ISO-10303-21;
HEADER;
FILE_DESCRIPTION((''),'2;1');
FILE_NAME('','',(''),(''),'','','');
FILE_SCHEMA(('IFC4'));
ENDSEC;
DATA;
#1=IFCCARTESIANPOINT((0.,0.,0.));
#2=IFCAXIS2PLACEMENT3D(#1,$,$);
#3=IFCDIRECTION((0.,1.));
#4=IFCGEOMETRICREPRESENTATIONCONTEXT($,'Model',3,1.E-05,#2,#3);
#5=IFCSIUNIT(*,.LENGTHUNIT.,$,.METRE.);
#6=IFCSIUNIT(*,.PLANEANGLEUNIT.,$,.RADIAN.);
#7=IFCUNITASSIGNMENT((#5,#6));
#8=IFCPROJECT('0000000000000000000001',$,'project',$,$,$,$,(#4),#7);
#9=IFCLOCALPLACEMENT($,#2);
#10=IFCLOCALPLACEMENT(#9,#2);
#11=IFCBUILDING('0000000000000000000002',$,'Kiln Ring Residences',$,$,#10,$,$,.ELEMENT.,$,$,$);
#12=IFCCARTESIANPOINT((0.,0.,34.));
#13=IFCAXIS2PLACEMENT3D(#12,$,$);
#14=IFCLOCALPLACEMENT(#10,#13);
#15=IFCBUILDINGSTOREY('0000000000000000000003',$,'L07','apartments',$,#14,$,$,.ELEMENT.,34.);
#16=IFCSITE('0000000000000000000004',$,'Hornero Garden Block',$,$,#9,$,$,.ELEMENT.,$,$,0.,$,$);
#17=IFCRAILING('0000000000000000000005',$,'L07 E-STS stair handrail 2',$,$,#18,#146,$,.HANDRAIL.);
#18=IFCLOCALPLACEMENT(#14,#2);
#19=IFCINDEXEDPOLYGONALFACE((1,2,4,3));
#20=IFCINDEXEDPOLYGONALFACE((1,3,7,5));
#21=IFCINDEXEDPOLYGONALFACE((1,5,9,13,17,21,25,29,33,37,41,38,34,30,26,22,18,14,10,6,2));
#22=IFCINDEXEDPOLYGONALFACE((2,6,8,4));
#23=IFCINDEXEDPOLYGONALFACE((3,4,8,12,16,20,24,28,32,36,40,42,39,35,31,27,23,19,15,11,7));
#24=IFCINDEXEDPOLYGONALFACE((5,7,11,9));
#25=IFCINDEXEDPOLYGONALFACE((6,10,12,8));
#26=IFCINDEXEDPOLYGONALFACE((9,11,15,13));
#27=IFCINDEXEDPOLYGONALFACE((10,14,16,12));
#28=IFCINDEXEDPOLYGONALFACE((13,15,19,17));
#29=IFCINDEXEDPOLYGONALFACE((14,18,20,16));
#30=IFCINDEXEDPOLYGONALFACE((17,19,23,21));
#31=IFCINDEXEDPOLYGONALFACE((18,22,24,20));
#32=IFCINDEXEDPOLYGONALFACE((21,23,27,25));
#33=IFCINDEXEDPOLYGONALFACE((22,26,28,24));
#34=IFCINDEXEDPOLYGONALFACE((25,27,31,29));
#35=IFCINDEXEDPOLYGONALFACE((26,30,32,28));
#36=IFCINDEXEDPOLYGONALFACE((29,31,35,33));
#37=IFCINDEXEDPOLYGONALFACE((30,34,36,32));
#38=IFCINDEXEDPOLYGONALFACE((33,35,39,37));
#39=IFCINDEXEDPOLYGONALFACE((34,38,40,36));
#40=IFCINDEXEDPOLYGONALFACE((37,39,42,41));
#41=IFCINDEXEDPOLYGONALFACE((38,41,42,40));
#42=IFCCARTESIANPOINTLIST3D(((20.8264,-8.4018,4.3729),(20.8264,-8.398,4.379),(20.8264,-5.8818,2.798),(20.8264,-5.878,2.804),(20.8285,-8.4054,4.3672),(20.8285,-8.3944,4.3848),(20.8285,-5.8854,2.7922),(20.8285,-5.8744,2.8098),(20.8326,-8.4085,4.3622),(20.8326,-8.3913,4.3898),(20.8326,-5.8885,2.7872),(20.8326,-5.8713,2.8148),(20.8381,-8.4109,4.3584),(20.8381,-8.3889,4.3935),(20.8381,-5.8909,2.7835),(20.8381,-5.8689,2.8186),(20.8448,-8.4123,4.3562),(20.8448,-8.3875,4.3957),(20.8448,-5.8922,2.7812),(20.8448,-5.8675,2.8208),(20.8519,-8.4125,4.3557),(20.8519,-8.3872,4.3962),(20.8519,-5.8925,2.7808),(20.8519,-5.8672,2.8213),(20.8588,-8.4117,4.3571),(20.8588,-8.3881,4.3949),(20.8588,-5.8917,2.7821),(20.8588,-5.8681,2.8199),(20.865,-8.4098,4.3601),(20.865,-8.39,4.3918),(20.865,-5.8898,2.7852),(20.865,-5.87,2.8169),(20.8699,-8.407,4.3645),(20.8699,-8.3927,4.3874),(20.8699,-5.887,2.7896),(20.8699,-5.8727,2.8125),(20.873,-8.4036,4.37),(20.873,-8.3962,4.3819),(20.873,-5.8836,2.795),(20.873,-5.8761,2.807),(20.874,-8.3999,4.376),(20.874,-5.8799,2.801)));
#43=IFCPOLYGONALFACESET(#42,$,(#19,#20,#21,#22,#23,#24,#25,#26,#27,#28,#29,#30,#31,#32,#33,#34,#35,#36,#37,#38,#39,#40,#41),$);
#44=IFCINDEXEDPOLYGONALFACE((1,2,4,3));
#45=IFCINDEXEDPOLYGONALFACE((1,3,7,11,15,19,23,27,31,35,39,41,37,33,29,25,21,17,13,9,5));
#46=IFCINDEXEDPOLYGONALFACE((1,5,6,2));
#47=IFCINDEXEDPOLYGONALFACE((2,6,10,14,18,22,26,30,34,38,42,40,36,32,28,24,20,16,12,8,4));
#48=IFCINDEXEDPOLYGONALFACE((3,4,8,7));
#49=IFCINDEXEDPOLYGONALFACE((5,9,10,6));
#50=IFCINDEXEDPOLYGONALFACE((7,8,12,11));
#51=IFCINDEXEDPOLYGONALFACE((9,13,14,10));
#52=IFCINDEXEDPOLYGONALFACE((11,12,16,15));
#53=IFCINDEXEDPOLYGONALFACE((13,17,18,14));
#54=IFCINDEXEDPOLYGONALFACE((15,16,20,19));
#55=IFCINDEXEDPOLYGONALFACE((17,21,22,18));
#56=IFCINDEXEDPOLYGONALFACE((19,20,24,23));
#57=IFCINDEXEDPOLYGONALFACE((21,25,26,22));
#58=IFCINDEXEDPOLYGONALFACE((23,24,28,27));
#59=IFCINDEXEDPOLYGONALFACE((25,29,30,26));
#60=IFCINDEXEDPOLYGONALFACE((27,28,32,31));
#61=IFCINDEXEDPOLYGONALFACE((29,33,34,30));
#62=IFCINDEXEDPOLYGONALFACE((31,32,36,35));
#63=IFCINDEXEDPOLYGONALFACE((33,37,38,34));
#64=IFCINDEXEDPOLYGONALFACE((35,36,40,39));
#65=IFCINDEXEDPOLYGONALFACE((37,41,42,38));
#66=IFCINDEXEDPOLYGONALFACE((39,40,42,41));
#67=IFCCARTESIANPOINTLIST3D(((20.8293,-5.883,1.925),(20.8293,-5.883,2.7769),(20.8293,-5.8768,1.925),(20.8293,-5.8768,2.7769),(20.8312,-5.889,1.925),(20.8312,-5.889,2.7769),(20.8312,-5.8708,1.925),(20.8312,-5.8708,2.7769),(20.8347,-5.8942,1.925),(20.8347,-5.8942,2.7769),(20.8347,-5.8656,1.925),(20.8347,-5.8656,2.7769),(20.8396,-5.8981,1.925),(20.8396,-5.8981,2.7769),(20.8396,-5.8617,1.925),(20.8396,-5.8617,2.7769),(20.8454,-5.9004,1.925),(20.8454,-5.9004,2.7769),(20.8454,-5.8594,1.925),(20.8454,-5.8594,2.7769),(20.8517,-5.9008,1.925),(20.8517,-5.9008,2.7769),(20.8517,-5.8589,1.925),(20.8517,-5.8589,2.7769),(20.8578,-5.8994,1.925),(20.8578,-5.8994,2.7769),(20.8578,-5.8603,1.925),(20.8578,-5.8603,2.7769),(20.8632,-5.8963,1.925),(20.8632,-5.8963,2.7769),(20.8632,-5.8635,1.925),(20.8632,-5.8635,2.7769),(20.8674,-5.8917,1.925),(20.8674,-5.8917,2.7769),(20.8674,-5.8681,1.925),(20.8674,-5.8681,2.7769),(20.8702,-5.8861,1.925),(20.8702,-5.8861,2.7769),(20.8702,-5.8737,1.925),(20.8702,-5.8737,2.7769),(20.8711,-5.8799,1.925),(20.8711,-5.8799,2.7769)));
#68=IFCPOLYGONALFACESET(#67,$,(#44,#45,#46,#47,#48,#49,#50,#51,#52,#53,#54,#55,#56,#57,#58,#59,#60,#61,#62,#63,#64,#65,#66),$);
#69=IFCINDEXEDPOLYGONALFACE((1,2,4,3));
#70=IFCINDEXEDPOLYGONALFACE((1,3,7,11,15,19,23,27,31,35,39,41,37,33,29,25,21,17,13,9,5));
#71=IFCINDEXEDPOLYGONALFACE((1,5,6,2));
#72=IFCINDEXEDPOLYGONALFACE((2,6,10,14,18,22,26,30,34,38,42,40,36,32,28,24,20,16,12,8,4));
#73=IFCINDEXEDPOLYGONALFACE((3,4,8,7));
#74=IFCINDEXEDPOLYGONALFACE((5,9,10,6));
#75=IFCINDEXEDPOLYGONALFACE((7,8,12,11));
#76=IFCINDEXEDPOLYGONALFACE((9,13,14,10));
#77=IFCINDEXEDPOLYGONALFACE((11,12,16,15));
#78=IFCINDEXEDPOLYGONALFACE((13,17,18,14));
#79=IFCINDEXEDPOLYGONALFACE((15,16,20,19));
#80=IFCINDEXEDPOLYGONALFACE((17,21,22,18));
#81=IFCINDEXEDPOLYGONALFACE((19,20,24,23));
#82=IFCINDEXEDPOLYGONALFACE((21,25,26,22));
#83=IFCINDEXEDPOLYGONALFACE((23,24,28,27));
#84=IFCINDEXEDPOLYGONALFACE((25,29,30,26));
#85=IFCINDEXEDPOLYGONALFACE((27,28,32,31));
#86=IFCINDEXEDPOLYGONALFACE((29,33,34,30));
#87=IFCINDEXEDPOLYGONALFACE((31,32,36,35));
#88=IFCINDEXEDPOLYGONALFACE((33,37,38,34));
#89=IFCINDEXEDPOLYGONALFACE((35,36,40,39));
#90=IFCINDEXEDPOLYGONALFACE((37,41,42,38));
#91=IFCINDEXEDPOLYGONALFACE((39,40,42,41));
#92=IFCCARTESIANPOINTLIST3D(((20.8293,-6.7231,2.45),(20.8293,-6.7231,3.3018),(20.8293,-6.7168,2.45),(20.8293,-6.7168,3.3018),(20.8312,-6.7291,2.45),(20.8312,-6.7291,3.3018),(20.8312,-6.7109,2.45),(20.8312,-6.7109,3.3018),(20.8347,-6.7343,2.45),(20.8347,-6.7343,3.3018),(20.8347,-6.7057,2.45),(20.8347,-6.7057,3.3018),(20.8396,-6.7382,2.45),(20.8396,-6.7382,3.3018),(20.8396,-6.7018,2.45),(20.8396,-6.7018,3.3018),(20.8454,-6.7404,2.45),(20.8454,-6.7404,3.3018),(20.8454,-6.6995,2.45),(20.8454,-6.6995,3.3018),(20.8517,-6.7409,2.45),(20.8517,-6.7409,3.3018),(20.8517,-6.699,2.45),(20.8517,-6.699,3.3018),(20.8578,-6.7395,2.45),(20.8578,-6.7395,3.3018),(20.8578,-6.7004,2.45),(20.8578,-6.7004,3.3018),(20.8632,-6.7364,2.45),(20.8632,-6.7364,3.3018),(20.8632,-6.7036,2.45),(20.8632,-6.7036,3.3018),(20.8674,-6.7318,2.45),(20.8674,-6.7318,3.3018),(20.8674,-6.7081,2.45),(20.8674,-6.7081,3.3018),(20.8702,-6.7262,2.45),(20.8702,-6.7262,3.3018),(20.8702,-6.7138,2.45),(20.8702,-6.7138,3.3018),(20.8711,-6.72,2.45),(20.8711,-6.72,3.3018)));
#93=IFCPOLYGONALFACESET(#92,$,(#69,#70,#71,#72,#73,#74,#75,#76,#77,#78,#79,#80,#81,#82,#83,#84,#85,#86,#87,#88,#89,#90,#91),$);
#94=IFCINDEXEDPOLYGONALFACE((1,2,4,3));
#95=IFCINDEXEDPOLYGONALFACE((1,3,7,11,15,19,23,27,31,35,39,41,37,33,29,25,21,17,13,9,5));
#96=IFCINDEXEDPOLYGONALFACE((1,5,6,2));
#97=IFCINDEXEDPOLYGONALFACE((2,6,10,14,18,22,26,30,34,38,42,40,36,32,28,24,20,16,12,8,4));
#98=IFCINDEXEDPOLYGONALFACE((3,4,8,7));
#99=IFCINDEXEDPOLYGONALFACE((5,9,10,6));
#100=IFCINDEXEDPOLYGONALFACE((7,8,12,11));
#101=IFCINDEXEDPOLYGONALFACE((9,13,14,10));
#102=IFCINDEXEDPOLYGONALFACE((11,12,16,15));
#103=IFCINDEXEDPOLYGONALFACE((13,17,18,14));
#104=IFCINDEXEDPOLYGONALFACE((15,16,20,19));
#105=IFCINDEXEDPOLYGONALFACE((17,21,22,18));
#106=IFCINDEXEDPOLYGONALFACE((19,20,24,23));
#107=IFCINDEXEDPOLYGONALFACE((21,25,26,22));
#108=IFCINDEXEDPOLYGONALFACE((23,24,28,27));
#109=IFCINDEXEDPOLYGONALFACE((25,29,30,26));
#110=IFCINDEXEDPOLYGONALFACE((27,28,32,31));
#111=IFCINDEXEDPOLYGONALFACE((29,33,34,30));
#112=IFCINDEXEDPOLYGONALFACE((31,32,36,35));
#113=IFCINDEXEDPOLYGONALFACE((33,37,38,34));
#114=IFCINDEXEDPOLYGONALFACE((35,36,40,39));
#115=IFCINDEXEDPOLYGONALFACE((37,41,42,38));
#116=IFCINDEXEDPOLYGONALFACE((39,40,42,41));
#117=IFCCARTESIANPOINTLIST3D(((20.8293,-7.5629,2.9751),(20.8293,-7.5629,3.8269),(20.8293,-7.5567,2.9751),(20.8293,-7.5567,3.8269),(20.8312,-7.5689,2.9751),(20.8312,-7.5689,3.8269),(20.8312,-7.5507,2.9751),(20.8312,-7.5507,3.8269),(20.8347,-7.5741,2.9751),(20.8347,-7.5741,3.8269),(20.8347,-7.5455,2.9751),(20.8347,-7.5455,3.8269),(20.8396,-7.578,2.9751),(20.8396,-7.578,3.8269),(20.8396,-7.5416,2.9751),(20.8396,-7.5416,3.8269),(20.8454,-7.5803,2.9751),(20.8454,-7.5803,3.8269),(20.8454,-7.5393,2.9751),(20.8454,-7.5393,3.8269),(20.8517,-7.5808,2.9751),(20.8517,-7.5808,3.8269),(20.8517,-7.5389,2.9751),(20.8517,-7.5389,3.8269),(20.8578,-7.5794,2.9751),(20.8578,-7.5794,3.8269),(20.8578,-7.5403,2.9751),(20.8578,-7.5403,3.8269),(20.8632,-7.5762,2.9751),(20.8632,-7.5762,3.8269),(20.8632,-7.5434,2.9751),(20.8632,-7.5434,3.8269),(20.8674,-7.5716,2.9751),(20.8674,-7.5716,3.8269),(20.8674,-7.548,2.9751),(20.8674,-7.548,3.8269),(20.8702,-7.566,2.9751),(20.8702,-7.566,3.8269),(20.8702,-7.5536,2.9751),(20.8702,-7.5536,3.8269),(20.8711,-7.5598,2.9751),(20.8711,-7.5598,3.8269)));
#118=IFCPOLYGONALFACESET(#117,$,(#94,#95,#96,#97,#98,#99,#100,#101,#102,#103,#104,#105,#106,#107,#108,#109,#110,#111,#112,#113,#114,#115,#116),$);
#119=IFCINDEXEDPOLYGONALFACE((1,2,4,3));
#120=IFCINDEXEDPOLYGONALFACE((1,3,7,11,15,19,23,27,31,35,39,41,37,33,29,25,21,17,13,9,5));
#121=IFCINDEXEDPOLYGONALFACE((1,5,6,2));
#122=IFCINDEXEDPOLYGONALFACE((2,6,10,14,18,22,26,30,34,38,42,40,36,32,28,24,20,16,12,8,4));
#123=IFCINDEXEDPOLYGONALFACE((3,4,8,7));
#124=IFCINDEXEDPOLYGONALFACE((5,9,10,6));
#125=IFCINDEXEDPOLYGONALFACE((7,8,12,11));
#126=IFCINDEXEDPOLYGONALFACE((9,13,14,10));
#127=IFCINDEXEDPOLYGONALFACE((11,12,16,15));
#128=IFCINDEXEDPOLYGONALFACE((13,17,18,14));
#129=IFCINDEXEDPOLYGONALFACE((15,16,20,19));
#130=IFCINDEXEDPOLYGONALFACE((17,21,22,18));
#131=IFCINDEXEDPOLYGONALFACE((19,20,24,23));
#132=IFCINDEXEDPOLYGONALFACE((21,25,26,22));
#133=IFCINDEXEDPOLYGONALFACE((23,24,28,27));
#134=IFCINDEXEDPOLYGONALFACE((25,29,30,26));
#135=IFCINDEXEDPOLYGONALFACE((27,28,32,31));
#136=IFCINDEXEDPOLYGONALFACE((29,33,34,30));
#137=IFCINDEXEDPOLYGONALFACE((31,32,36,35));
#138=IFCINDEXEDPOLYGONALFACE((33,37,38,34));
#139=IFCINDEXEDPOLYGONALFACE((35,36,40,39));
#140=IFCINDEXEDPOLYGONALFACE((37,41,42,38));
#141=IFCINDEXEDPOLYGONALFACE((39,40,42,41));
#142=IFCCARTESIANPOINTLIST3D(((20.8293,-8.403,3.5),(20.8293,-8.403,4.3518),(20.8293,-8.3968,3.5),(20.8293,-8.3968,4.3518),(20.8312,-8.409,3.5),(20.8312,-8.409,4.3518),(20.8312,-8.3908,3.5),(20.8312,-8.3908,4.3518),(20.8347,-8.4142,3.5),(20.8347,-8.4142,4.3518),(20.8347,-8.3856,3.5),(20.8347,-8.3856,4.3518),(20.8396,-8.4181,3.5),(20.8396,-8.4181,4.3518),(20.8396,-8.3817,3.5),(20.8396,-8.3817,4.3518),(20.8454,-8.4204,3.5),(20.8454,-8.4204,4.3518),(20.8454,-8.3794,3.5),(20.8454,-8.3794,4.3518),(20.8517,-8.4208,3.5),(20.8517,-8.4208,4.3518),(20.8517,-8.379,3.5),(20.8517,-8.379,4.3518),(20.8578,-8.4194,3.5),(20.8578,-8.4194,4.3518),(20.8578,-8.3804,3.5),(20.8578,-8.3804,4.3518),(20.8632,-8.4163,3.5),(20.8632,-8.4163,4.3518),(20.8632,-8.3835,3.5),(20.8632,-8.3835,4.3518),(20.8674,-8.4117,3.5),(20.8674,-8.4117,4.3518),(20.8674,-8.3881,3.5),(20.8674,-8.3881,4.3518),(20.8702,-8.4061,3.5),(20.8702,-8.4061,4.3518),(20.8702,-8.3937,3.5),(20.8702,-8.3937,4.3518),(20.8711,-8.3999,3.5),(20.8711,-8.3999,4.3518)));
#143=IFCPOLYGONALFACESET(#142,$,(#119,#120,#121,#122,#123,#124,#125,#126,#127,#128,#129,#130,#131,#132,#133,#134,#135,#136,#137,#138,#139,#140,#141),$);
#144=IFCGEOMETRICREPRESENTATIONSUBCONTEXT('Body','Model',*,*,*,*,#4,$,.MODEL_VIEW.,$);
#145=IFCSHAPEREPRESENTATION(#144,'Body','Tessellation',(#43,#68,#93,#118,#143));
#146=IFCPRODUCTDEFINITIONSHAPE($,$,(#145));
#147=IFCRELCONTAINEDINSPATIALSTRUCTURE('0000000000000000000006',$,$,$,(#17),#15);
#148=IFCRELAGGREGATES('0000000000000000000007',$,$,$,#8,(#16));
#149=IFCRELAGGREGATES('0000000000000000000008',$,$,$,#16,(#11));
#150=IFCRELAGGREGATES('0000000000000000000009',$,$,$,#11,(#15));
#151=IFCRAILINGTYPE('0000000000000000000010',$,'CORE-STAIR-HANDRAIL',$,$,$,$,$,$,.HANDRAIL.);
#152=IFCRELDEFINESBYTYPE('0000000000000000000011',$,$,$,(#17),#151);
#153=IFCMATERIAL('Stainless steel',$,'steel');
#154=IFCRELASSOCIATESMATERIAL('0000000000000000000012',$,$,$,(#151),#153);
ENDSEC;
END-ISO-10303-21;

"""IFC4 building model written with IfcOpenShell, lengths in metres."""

from ifc_helpers import new_model, si_unit, direction, frame, origin, origin_2d, place, context, subcontext, project, spatial, circle, extrude, material, type_object, element, save


model = new_model("IFC4")

# Units and contexts
model_context = context("Model", 3, precision=1e-05, world=origin(), true_north=direction((0.0, 1.0)))
body_context = subcontext(model_context, "Body", "Model", "MODEL_VIEW")
ifc_project = project(units=[si_unit("LENGTHUNIT", "METRE"), si_unit("PLANEANGLEUNIT", "RADIAN")], contexts=[model_context])

# Site, building, storey
site_placement = place(None, origin())
site = spatial("IfcSite", under=ifc_project, at=site_placement, Name="Hornero Garden Block", CompositionType="ELEMENT", RefElevation=0.0)
building_placement = place(site_placement, origin())
building = spatial("IfcBuilding", under=site, at=building_placement, Name="Kiln Ring Residences", CompositionType="ELEMENT")
storey_placement = place(building_placement, frame((0.0, 0.0, 34.0)))
storey = spatial("IfcBuildingStorey", under=building, at=storey_placement, Name="L07", Description="apartments", CompositionType="ELEMENT", Elevation=34.0)

# Railing
ifc_material_1 = material(Name="Stainless steel", Category="steel")
railing_type_1 = type_object("IfcRailingType", Name="CORE-STAIR-HANDRAIL", PredefinedType="HANDRAIL", material=ifc_material_1)
railing_1_placement = place(storey_placement, frame((20.8501, -5.8799, 1.925)))
element("IfcRailing", 1, at=railing_1_placement, inside=storey, type_object=railing_type_1, Name="L07 E-STS stair handrail 2", PredefinedType="HANDRAIL", context=body_context, shape_type="SweptSolid", body=[
    extrude(circle(Radius=0.0239, at=origin_2d()), frame((0.0, 0.0, 0.876), z_axis=(0.0, -0.848008, 0.529984), x_axis=(1.0, 0.0, 0.0)), (0.0, 0.0, 1.0), 2.9717),
    extrude(circle(Radius=0.021, at=origin_2d()), origin(), (0.0, 0.0, 1.0), 0.8518),
    extrude(circle(Radius=0.021, at=origin_2d()), frame((0.0, -0.8401, 0.5249)), (0.0, 0.0, 1.0), 0.8518),
    extrude(circle(Radius=0.021, at=origin_2d()), frame((0.0, -1.6799, 1.05)), (0.0, 0.0, 1.0), 0.8518),
    extrude(circle(Radius=0.021, at=origin_2d()), frame((0.0, -2.52, 1.575)), (0.0, 0.0, 1.0), 0.8518),
])

save(model, "model.ifc")
